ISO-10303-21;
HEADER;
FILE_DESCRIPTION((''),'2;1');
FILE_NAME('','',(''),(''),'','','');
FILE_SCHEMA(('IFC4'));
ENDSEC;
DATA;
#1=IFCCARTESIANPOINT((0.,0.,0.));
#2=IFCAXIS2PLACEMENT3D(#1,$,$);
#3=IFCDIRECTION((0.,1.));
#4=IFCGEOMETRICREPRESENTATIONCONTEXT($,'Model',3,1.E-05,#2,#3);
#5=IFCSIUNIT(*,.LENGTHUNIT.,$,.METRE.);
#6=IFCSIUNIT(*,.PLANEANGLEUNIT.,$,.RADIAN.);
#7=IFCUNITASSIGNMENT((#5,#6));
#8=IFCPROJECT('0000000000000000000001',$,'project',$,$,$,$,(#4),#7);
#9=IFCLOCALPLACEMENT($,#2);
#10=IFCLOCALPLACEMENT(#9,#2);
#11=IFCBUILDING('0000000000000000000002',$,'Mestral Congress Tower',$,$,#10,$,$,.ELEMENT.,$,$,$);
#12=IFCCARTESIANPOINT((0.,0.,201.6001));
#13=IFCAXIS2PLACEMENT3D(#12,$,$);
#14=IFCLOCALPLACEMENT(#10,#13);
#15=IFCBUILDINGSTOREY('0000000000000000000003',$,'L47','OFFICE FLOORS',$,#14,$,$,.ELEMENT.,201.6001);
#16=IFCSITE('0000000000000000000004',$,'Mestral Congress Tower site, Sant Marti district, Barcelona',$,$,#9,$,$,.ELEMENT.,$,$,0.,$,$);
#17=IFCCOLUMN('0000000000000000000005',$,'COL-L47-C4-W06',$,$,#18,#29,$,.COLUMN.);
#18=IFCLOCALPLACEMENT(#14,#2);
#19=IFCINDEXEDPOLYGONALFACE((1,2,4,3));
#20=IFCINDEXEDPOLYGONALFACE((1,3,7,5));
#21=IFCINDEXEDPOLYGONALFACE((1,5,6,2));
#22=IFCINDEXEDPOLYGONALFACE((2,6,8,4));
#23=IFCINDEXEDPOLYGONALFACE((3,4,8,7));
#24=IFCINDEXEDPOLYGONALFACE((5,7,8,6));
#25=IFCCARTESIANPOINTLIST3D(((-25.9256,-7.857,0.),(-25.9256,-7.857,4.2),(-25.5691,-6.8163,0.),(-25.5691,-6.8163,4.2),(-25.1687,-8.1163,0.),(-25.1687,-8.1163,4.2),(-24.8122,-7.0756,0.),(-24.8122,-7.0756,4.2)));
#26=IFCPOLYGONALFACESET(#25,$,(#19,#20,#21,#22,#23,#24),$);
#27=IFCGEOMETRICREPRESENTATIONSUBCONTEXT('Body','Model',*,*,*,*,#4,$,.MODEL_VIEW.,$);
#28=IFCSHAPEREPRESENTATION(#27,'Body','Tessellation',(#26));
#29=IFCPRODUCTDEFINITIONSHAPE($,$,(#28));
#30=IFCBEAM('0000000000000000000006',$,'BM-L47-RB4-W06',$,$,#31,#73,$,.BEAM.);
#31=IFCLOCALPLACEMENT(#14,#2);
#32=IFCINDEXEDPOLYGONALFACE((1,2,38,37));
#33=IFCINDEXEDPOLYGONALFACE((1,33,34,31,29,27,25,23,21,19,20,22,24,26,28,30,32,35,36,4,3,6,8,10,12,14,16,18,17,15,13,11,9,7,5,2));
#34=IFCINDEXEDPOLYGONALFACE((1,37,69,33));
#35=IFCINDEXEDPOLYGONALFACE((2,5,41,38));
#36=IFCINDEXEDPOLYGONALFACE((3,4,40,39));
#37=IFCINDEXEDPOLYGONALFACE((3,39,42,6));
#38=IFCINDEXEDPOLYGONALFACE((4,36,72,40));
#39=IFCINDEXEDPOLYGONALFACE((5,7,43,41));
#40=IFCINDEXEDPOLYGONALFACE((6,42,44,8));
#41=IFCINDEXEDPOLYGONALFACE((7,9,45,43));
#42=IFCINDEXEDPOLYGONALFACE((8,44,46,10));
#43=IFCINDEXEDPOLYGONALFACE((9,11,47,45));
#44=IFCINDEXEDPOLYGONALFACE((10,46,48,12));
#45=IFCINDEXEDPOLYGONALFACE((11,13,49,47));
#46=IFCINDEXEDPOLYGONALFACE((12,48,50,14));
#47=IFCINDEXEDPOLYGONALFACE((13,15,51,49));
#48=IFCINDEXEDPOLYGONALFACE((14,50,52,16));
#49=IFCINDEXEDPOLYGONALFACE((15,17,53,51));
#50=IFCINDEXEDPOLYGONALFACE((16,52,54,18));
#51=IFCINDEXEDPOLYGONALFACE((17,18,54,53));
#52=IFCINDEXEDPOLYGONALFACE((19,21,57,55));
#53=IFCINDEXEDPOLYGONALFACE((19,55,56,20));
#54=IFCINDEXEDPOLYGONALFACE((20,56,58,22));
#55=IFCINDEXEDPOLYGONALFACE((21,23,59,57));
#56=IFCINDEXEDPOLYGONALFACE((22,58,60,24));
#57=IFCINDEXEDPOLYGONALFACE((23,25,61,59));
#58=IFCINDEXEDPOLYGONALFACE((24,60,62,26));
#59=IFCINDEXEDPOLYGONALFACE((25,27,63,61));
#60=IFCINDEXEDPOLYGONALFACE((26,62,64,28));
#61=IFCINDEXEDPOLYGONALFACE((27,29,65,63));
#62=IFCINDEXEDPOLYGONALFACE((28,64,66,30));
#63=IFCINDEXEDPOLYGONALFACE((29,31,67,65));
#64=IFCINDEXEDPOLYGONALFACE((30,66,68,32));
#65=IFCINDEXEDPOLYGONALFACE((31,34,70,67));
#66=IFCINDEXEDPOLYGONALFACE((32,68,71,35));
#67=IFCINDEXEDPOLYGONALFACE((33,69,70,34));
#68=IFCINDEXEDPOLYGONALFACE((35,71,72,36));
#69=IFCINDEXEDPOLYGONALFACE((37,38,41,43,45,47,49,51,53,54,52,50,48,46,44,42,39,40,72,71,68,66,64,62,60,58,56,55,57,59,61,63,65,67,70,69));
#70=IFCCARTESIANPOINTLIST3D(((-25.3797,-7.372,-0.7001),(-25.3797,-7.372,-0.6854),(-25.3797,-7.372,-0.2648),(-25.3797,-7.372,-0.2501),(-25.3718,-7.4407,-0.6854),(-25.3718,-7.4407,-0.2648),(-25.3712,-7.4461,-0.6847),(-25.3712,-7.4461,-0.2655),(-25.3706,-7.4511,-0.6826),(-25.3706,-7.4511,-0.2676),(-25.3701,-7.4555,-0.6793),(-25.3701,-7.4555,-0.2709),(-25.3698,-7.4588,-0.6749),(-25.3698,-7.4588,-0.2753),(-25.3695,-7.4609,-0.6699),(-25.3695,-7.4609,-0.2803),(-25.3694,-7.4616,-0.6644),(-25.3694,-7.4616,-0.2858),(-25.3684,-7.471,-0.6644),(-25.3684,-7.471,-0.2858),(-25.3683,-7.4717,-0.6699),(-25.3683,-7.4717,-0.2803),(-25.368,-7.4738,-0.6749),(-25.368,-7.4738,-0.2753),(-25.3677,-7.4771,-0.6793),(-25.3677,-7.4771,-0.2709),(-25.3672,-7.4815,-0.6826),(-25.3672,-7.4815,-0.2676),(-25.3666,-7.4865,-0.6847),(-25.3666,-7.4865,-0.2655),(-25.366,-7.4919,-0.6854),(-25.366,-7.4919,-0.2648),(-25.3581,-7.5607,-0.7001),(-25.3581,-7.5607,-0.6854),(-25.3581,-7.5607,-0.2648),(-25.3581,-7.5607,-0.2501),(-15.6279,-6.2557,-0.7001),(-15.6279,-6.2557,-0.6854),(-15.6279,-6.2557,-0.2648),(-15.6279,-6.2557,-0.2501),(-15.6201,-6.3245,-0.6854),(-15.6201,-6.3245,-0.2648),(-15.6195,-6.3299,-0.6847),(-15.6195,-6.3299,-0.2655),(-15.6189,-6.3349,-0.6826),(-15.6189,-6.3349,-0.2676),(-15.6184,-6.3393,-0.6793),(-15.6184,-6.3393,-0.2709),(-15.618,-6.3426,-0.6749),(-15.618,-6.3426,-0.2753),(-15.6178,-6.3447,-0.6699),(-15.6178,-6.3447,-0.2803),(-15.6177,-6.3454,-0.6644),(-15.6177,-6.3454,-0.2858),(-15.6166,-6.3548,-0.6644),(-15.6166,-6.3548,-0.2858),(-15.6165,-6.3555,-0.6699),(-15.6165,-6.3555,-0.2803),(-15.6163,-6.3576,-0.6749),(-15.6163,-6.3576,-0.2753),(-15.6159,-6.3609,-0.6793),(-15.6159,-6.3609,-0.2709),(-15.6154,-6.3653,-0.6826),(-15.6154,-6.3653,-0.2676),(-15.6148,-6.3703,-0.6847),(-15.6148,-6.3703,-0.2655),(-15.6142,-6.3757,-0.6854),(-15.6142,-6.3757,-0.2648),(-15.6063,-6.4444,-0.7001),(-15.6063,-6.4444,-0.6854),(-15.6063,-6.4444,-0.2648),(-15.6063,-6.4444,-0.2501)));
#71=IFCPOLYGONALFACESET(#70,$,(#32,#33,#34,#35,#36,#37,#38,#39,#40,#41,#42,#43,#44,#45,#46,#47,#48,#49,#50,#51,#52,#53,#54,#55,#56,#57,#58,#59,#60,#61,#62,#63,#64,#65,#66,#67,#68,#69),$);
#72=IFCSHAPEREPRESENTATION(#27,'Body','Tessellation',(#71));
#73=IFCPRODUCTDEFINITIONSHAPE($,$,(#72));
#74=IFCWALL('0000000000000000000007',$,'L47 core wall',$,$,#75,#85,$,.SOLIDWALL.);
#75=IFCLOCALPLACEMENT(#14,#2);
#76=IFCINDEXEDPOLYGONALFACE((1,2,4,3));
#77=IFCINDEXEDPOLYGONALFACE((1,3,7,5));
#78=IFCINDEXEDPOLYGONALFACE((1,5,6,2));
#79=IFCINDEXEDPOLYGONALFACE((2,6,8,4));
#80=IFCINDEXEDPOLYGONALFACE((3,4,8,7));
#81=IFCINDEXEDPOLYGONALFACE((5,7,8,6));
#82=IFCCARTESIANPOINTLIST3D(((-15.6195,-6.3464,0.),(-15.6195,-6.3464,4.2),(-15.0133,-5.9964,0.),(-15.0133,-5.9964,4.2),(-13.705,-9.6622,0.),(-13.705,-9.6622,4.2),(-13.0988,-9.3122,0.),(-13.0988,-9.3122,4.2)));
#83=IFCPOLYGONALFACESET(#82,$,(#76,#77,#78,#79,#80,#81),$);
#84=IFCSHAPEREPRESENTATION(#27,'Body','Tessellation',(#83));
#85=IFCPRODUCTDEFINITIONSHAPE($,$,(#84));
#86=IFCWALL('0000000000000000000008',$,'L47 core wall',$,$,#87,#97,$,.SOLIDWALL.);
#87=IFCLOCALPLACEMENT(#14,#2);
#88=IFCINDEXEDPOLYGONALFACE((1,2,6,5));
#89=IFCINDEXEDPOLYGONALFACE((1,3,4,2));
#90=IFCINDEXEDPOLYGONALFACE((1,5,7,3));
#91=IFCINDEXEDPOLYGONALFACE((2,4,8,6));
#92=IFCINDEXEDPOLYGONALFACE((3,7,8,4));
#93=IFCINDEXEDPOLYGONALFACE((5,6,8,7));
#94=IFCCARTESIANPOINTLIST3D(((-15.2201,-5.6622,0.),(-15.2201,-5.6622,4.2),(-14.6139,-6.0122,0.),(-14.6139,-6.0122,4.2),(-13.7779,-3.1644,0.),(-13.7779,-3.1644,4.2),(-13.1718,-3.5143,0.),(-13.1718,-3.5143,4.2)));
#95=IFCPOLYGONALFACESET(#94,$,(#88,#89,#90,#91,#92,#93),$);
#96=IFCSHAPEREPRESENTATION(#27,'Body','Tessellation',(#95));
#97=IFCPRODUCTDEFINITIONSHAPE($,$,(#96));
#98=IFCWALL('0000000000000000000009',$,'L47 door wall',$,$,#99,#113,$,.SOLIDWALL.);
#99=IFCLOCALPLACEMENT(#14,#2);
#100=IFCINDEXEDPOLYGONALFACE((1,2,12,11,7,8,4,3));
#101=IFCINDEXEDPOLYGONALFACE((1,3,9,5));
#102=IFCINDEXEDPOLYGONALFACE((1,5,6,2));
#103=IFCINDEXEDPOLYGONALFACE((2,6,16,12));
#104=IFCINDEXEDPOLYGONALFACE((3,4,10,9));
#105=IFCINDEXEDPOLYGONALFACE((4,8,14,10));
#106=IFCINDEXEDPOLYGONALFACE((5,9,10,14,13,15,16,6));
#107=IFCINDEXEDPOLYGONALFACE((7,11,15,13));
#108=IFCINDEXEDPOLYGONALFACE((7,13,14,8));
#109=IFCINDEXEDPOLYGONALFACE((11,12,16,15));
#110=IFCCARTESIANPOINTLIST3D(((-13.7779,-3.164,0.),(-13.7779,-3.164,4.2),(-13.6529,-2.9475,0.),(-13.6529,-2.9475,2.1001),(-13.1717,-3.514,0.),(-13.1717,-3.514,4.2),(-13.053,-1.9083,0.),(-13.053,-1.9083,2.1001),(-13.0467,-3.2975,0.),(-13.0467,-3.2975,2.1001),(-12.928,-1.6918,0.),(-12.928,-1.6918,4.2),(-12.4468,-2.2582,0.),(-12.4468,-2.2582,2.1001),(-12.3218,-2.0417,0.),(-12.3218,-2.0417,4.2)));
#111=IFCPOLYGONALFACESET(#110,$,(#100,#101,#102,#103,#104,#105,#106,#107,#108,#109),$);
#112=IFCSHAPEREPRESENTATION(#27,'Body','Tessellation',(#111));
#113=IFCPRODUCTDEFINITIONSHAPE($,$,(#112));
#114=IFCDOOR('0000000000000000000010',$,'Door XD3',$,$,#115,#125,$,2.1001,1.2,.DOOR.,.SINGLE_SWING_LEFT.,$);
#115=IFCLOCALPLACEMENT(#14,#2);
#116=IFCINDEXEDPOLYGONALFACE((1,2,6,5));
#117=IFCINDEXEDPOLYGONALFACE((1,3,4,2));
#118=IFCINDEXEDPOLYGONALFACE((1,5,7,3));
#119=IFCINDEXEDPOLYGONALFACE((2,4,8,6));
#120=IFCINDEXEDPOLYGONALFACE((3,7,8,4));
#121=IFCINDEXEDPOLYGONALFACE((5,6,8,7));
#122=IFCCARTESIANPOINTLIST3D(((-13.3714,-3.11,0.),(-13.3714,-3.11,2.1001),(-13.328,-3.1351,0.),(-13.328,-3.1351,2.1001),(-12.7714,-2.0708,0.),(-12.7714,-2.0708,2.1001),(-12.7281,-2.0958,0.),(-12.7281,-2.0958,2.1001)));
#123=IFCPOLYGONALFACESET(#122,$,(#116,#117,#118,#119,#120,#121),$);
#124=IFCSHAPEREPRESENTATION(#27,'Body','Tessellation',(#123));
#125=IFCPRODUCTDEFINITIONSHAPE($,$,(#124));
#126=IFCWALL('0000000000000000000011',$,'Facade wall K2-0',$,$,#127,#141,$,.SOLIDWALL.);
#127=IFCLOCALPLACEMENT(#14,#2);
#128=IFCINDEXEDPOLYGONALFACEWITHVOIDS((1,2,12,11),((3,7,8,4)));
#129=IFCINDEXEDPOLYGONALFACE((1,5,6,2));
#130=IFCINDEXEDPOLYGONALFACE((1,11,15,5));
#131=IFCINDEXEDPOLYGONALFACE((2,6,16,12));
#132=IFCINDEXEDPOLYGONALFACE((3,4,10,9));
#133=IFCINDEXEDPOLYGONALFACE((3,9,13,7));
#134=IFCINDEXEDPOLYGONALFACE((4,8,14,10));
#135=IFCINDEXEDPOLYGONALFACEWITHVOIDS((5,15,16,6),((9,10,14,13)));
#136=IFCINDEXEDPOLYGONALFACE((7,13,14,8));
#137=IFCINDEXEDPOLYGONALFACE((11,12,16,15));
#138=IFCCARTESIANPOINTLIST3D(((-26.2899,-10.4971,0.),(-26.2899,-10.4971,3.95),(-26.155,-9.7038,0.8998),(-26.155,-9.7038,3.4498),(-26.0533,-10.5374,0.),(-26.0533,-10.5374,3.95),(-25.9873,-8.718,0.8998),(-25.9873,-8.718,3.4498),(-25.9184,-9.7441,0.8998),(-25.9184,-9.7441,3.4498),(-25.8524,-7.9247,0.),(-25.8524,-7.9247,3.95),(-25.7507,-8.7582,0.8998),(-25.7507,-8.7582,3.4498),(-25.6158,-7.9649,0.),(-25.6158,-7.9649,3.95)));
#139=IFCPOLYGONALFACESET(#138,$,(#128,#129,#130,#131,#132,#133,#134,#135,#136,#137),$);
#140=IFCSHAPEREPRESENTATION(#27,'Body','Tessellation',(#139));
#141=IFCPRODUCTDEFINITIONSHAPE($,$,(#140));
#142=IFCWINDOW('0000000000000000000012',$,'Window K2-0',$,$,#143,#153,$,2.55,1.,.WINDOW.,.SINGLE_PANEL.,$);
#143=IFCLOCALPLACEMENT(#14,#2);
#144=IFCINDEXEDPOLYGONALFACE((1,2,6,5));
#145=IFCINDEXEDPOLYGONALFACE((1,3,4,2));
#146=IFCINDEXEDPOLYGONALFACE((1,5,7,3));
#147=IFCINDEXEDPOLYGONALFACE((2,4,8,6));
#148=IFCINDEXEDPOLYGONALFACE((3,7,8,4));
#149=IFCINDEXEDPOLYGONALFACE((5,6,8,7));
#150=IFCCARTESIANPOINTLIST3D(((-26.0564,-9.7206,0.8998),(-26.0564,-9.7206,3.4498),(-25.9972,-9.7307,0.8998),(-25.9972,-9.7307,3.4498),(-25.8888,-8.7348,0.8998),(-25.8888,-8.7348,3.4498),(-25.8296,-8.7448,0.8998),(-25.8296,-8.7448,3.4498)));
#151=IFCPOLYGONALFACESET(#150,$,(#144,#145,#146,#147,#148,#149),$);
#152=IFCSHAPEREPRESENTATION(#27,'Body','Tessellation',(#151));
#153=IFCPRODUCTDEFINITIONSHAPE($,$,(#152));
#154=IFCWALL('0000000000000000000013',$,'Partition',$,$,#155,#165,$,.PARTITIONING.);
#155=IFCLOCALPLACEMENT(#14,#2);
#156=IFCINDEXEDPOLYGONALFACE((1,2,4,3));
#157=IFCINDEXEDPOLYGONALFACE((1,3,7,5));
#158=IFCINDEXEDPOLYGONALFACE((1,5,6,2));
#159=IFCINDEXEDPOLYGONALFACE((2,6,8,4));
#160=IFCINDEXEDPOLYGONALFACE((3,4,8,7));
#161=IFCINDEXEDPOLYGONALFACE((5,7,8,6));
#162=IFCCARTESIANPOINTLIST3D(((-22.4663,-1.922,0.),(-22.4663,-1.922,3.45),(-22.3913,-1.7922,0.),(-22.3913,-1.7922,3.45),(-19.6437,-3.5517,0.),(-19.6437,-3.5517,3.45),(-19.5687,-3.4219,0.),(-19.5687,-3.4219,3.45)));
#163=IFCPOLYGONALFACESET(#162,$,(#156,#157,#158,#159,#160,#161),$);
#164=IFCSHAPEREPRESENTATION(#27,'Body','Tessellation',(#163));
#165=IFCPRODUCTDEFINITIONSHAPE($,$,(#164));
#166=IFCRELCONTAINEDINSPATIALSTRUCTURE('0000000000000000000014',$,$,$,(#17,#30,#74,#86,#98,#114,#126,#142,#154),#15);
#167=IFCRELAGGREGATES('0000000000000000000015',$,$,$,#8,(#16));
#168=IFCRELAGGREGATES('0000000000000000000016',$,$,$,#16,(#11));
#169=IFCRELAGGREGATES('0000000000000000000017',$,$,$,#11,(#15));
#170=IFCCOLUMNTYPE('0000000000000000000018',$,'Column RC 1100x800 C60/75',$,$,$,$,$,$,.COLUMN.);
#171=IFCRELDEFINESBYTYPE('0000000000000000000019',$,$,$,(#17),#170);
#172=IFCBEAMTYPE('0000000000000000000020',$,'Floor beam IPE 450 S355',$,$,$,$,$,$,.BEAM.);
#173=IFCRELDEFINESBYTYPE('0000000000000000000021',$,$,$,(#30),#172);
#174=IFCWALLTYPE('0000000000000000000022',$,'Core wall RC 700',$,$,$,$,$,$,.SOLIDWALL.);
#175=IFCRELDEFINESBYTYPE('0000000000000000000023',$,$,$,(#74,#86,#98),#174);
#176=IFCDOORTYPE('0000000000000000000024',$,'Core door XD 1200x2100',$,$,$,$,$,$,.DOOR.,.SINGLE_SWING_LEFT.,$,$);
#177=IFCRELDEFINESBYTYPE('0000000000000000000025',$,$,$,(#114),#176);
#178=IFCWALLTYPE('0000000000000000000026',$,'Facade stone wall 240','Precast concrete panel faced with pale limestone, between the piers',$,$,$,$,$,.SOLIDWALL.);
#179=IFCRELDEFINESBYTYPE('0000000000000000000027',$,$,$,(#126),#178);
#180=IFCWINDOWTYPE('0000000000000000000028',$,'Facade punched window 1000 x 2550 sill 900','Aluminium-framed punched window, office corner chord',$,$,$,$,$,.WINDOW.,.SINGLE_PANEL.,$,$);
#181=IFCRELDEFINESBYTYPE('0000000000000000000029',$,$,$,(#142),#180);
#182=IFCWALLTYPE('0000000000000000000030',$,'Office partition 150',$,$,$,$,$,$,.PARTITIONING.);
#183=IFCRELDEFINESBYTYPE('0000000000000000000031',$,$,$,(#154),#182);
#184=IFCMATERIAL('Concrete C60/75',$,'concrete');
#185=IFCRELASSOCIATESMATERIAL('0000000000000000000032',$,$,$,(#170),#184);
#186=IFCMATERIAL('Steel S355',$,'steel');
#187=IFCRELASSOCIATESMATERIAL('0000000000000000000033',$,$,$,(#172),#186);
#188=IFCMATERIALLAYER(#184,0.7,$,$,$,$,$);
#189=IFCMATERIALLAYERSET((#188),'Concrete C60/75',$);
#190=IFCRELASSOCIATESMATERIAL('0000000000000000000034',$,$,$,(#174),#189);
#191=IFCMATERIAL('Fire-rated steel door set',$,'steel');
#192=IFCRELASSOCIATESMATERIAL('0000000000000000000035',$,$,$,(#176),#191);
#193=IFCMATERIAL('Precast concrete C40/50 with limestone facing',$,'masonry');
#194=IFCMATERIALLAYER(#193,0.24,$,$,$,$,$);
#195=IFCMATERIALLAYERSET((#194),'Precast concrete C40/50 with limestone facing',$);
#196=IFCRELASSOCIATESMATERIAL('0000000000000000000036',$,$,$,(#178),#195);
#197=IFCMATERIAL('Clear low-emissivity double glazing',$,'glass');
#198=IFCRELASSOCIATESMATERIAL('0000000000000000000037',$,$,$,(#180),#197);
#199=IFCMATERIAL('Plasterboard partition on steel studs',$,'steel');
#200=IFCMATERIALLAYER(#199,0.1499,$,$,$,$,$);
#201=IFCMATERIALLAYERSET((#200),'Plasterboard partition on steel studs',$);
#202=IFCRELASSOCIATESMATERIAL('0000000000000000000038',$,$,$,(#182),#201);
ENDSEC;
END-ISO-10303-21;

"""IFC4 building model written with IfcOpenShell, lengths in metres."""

from ifc_helpers import new_model, si_unit, direction, frame, frame_2d, origin, origin_2d, place, context, subcontext, project, spatial, rectangle, i_section, extrude, material, layer, layer_set, material_profile, profile_set, type_object, element, fill, save


model = new_model("IFC4")

# Units and contexts
model_context = context("Model", 3, precision=1e-05, world=origin(), true_north=direction((0.0, 1.0)))
body_context = subcontext(model_context, "Body", "Model", "MODEL_VIEW")
ifc_project = project(units=[si_unit("LENGTHUNIT", "METRE"), si_unit("PLANEANGLEUNIT", "RADIAN")], contexts=[model_context])

# Site, building, storey
site_placement = place(None, origin())
site = spatial("IfcSite", under=ifc_project, at=site_placement, Name="Mestral Congress Tower site, Sant Marti district, Barcelona", CompositionType="ELEMENT", RefElevation=0.0)
building_placement = place(site_placement, origin())
building = spatial("IfcBuilding", under=site, at=building_placement, Name="Mestral Congress Tower", CompositionType="ELEMENT")
storey_placement = place(building_placement, frame((0.0, 0.0, 201.6001)))
storey = spatial("IfcBuildingStorey", under=building, at=storey_placement, Name="L47", Description="OFFICE FLOORS", CompositionType="ELEMENT", Elevation=201.6001)

# Column
ifc_material_1 = material(Name="Concrete C60/75", Category="concrete")
ifc_material_profile_1 = material_profile(ifc_material_1, rectangle(XDim=1.1001, YDim=0.8, at=origin_2d()), Name="RC 1100x800")
ifc_profile_set_1 = profile_set([ifc_material_profile_1], Name="Concrete C60/75")
column_type = type_object("IfcColumnType", Name="Column RC 1100x800 C60/75", PredefinedType="COLUMN", material=ifc_profile_set_1)
column_placement = place(storey_placement, frame((-25.3689, -7.4663, 0.0), z_axis=(0.0, 0.0, 1.0), x_axis=(-0.324074, -0.946032, 0.0)))
element("IfcColumn", 1, at=column_placement, inside=storey, type_object=column_type, Name="COL-L47-C4-W06", PredefinedType="COLUMN", context=body_context, shape_type="SweptSolid", body=[
    extrude(rectangle(XDim=1.1001, YDim=0.8, at=origin_2d()), origin(), (0.0, 0.0, 1.0), 4.2),
])

# Beam
ifc_material_2 = material(Name="Steel S355", Category="steel")
ifc_material_profile_2 = material_profile(ifc_material_2, i_section(OverallWidth=0.1899, OverallDepth=0.45, WebThickness=0.0095, FlangeThickness=0.0146, FilletRadius=0.021, at=origin_2d()), Name="IPE 450")
ifc_profile_set_2 = profile_set([ifc_material_profile_2], Name="Steel S355")
beam_type = type_object("IfcBeamType", Name="Floor beam IPE 450 S355", PredefinedType="BEAM", material=ifc_profile_set_2)
beam_placement = place(storey_placement, frame((-25.3689, -7.4663, -0.4751), z_axis=(0.993513, 0.113721, 0.0), x_axis=(-0.113721, 0.993513, 0.0)))
element("IfcBeam", 2, at=beam_placement, inside=storey, type_object=beam_type, Name="BM-L47-RB4-W06", PredefinedType="BEAM", context=body_context, shape_type="SweptSolid", body=[
    extrude(i_section(OverallWidth=0.1899, OverallDepth=0.45, WebThickness=0.0095, FlangeThickness=0.0146, FilletRadius=0.021, at=origin_2d()), origin(), (0.0, 0.0, 1.0), 9.8154),
])

# Walls
ifc_layer_1 = layer(ifc_material_1, 0.7)
ifc_layer_set_1 = layer_set([ifc_layer_1], Name="Concrete C60/75")
wall_type_1 = type_object("IfcWallType", Name="Core wall RC 700", PredefinedType="SOLIDWALL", material=ifc_layer_set_1)
wall_1_placement = place(storey_placement, frame((-13.4019, -9.4873, 0.0), z_axis=(0.0, 0.0, 1.0), x_axis=(-0.50002, 0.866014, 0.0)))
element("IfcWall", 3, at=wall_1_placement, inside=storey, type_object=wall_type_1, Name="L47 core wall", PredefinedType="SOLIDWALL", context=body_context, shape_type="SweptSolid", body=[
    extrude(rectangle(XDim=3.8289, YDim=0.7, at=frame_2d((1.9146, 0.0))), origin(), (0.0, 0.0, 1.0), 4.2),
])
wall_2_placement = place(storey_placement, frame((-13.4749, -3.3394, 0.0), z_axis=(0.0, 0.0, 1.0), x_axis=(-0.500008, -0.866021, 0.0)))
element("IfcWall", 4, at=wall_2_placement, inside=storey, type_object=wall_type_1, Name="L47 core wall", PredefinedType="SOLIDWALL", context=body_context, shape_type="SweptSolid", body=[
    extrude(rectangle(XDim=2.8843, YDim=0.7, at=frame_2d((1.4421, 0.0))), origin(), (0.0, 0.0, 1.0), 4.2),
])

# Wall, opening, door
wall_3_placement = place(storey_placement, frame((-13.4749, -3.3391, 0.0), z_axis=(0.0, 0.0, 1.0), x_axis=(0.499955, 0.866052, 0.0)))
wall_3 = element("IfcWall", 5, at=wall_3_placement, inside=storey, type_object=wall_type_1, Name="L47 door wall", PredefinedType="SOLIDWALL", context=body_context, shape_type="SweptSolid", body=[
    extrude(rectangle(XDim=1.7, YDim=0.7, at=frame_2d((0.8501, 0.0))), origin(), (0.0, 0.0, 1.0), 4.2),
])
opening_1_placement = place(wall_3_placement, frame((0.25, 0.0, 0.0)))
opening_1 = element("IfcOpeningElement", 6, at=opening_1_placement, cuts=wall_3, PredefinedType="OPENING", context=body_context, shape_type="SweptSolid", body=[
    extrude(rectangle(XDim=1.2, YDim=2.1001, at=frame_2d((0.6001, 1.05))), frame((0.0, 0.3599, 0.0), z_axis=(0.0, -1.0, 0.0), x_axis=(1.0, 0.0, 0.0)), (0.0, 0.0, 1.0), 0.72),
])
ifc_material_3 = material(Name="Fire-rated steel door set", Category="steel")
door_type_1 = type_object("IfcDoorType", Name="Core door XD 1200x2100", OperationType="SINGLE_SWING_LEFT", PredefinedType="DOOR", material=ifc_material_3)
door_1_placement = place(opening_1_placement, origin())
door_1 = element("IfcDoor", 7, at=door_1_placement, inside=storey, type_object=door_type_1, Name="Door XD3", OperationType="SINGLE_SWING_LEFT", OverallHeight=2.1001, OverallWidth=1.2, PredefinedType="DOOR", context=body_context, shape_type="SweptSolid", body=[
    extrude(rectangle(XDim=1.2, YDim=2.1001, at=frame_2d((0.6001, 1.05))), frame((0.0, 0.0249, 0.0), z_axis=(0.0, -1.0, 0.0), x_axis=(1.0, 0.0, 0.0)), (0.0, 0.0, 1.0), 0.05),
])
fill(opening_1, door_1)

# Wall, opening, window
ifc_material_4 = material(Name="Precast concrete C40/50 with limestone facing", Category="masonry")
ifc_layer_2 = layer(ifc_material_4, 0.24)
ifc_layer_set_2 = layer_set([ifc_layer_2], Name="Precast concrete C40/50 with limestone facing")
wall_type_2 = type_object("IfcWallType", Name="Facade stone wall 240", Description="Precast concrete panel faced with pale limestone, between the piers", PredefinedType="SOLIDWALL", material=ifc_layer_set_2)
wall_4_placement = place(storey_placement, frame((-25.7341, -7.9448, 0.0), z_axis=(0.0, 0.0, 1.0), x_axis=(-0.16766, -0.985845, 0.0)))
wall_4 = element("IfcWall", 8, at=wall_4_placement, inside=storey, type_object=wall_type_2, Name="Facade wall K2-0", PredefinedType="SOLIDWALL", context=body_context, shape_type="SweptSolid", body=[
    extrude(rectangle(XDim=2.6094, YDim=0.24, at=frame_2d((1.3047, 0.0))), origin(), (0.0, 0.0, 1.0), 3.95),
])
opening_2_placement = place(wall_4_placement, frame((0.8047, 0.0, 0.8999)))
opening_2 = element("IfcOpeningElement", 9, at=opening_2_placement, cuts=wall_4, PredefinedType="OPENING", context=body_context, shape_type="SweptSolid", body=[
    extrude(rectangle(XDim=1.0, YDim=2.55, at=frame_2d((0.5, 1.2749))), frame((0.0, 0.1299, 0.0), z_axis=(0.0, -1.0, 0.0), x_axis=(1.0, 0.0, 0.0)), (0.0, 0.0, 1.0), 0.26),
])
ifc_material_5 = material(Name="Clear low-emissivity double glazing", Category="glass")
window_type = type_object("IfcWindowType", Name="Facade punched window 1000 x 2550 sill 900", Description="Aluminium-framed punched window, office corner chord", PartitioningType="SINGLE_PANEL", PredefinedType="WINDOW", material=ifc_material_5)
window_placement = place(opening_2_placement, origin())
window = element("IfcWindow", 10, at=window_placement, inside=storey, type_object=window_type, Name="Window K2-0", OverallHeight=2.55, OverallWidth=1.0, PartitioningType="SINGLE_PANEL", PredefinedType="WINDOW", context=body_context, shape_type="SweptSolid", body=[
    extrude(rectangle(XDim=1.0, YDim=2.55, at=frame_2d((0.5, 1.2749))), frame((0.0, 0.04, 0.0), z_axis=(0.0, -1.0, 0.0), x_axis=(1.0, 0.0, 0.0)), (0.0, 0.0, 1.0), 0.0601),
])
fill(opening_2, window)

# Wall
ifc_material_6 = material(Name="Plasterboard partition on steel studs", Category="steel")
ifc_layer_3 = layer(ifc_material_6, 0.1499)
ifc_layer_set_3 = layer_set([ifc_layer_3], Name="Plasterboard partition on steel studs")
wall_type_3 = type_object("IfcWallType", Name="Office partition 150", PredefinedType="PARTITIONING", material=ifc_layer_set_3)
wall_5_placement = place(storey_placement, frame((-19.6062, -3.4868, 0.0), z_axis=(0.0, 0.0, 1.0), x_axis=(-0.866017, 0.500014, 0.0)))
element("IfcWall", 11, at=wall_5_placement, inside=storey, type_object=wall_type_3, Name="Partition", PredefinedType="PARTITIONING", context=body_context, shape_type="SweptSolid", body=[
    extrude(rectangle(XDim=3.2593, YDim=0.1499, at=frame_2d((1.6296, 0.0))), origin(), (0.0, 0.0, 1.0), 3.45),
])

save(model, "model.ifc")
